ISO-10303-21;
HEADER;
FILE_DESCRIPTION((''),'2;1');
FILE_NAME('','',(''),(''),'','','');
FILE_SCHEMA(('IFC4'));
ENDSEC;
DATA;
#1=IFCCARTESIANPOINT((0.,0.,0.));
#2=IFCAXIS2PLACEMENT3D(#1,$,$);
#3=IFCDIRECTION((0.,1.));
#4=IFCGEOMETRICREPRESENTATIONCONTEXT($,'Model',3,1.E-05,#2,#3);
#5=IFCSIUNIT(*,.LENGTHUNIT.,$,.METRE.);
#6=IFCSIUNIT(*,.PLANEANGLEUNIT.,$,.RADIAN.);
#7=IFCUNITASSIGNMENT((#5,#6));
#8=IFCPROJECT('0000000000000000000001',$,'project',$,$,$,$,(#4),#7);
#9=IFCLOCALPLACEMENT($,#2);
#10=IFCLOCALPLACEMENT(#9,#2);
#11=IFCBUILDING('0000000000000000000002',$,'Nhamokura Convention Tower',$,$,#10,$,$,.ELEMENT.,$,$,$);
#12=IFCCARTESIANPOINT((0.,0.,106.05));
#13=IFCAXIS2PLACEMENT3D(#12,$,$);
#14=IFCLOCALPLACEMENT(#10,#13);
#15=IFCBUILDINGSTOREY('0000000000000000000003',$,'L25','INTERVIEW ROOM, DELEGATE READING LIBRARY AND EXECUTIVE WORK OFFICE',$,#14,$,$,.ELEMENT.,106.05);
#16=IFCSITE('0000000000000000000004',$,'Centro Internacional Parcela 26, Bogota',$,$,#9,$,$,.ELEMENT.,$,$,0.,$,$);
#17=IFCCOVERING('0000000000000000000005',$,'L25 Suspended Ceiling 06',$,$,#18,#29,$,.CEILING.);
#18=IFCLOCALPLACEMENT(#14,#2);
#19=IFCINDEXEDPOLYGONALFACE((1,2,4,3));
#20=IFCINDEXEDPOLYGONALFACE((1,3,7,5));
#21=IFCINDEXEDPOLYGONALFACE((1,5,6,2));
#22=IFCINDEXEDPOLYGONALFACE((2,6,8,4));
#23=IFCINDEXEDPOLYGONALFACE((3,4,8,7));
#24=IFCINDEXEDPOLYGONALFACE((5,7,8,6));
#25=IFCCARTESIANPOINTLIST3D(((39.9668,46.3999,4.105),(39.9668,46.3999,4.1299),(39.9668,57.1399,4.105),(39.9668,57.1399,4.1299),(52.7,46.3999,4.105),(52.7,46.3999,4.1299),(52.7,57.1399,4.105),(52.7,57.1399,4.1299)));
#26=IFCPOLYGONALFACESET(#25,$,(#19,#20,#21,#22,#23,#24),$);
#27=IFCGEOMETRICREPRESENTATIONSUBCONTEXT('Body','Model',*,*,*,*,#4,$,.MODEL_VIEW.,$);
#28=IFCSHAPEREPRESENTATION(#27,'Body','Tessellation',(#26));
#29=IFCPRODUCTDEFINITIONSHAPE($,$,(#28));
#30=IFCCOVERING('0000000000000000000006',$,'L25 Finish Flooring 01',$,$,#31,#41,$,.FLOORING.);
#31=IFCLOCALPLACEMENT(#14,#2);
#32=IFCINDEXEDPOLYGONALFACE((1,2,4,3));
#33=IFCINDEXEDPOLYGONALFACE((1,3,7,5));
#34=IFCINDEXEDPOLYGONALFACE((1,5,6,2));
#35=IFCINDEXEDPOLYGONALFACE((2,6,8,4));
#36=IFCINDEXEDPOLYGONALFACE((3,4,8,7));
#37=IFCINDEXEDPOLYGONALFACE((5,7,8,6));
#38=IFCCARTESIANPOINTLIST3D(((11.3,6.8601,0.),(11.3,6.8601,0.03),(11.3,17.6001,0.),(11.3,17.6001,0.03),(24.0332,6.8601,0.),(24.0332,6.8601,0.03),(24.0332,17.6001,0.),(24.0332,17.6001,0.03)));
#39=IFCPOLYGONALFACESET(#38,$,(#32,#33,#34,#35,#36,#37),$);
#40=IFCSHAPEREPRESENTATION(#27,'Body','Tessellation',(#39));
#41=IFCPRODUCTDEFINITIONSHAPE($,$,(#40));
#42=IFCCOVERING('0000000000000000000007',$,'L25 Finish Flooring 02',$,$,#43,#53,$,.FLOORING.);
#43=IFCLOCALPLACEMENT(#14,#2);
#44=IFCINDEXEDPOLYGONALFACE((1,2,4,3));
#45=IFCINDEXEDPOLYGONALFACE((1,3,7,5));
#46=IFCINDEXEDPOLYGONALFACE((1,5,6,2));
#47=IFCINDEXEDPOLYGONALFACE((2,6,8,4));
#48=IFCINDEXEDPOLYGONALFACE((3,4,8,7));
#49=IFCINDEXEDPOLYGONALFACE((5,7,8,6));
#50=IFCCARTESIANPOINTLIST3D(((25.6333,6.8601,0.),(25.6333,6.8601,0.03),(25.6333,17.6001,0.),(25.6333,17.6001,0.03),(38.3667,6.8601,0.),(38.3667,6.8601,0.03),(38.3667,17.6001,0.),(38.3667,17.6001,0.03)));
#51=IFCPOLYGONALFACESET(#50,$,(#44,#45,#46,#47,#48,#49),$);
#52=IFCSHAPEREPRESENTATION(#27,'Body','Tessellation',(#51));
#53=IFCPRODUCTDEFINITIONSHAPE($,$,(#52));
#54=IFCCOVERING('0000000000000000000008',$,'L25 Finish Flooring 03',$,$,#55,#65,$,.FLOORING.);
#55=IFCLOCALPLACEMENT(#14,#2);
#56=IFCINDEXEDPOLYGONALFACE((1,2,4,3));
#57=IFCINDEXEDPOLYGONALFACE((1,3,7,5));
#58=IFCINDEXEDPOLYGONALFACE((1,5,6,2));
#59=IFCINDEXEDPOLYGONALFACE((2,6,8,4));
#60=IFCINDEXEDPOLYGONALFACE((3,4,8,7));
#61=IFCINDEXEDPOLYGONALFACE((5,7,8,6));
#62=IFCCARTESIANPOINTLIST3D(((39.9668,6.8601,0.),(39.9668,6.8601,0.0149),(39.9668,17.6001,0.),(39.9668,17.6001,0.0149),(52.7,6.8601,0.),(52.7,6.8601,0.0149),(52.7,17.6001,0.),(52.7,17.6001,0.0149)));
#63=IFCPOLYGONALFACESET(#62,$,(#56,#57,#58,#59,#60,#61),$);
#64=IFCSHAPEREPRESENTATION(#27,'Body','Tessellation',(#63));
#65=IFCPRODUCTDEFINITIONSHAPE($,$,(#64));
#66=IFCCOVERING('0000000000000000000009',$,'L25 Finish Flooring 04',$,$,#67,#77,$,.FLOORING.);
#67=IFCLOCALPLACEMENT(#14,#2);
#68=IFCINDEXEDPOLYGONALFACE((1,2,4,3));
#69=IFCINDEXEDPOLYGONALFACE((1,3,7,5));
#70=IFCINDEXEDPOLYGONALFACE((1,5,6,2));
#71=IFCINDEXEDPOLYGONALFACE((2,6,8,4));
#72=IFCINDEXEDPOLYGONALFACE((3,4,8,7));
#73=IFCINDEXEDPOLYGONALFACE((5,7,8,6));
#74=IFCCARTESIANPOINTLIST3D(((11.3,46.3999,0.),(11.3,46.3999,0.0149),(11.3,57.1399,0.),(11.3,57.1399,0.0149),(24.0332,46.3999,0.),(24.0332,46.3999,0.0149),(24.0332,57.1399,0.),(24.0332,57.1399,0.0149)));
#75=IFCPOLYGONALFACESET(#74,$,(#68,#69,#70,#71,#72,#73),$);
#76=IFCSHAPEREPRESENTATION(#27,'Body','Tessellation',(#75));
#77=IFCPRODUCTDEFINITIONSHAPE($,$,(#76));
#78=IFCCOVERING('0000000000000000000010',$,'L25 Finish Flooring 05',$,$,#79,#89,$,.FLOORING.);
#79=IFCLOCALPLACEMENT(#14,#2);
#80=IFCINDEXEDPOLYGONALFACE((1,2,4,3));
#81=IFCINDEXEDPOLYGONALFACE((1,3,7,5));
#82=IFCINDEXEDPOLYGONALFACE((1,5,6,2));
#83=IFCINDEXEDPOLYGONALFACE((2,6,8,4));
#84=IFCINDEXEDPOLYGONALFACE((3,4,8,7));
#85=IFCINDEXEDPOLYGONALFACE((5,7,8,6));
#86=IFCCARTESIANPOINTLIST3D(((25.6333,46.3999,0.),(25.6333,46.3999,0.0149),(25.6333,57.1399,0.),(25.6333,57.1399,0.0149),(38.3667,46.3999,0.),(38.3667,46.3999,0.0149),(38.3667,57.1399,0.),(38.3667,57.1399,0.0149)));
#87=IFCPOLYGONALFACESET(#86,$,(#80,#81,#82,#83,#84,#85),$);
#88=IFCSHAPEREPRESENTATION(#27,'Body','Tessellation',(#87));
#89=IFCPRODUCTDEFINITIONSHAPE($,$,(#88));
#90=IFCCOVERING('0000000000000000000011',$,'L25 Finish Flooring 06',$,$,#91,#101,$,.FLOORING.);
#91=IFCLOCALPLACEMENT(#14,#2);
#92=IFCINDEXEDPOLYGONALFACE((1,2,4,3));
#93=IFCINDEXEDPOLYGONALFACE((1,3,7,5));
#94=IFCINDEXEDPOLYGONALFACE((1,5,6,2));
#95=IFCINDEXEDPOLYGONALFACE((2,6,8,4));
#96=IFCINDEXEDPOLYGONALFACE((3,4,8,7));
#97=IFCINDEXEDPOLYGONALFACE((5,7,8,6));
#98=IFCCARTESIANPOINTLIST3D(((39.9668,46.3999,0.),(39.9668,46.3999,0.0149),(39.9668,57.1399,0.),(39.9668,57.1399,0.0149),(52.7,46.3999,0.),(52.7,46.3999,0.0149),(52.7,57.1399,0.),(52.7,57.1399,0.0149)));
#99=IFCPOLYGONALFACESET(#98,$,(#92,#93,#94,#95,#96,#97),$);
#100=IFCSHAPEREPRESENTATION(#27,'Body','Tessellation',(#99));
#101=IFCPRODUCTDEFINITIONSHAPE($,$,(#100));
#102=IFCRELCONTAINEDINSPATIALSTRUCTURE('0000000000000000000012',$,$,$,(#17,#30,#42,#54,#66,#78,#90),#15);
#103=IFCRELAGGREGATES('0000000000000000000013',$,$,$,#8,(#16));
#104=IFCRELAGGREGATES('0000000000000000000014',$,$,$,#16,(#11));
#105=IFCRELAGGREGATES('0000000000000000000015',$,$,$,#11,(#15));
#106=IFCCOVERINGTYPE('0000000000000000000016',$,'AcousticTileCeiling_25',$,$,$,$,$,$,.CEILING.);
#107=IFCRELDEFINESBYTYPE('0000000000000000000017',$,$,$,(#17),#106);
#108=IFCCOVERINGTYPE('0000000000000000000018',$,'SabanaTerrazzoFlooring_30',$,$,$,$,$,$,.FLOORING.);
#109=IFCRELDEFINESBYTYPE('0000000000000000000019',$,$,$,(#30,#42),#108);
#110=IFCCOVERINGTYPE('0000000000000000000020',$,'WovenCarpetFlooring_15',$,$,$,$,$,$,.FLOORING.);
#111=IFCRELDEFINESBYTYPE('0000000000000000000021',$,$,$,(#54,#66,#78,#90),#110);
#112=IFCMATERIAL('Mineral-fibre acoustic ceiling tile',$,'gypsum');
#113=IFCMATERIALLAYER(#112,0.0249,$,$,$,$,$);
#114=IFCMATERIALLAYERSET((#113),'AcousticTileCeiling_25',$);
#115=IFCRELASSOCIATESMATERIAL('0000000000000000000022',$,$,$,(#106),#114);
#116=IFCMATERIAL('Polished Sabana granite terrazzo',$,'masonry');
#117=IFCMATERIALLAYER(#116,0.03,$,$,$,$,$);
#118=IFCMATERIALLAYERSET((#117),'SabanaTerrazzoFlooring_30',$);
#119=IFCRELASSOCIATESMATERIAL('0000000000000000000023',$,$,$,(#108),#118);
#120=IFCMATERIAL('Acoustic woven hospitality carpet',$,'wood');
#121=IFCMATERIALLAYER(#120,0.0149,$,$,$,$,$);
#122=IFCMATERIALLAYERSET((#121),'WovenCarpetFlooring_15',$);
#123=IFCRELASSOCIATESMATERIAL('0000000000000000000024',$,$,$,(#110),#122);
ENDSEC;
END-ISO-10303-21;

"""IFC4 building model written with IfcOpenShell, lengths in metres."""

from ifc_helpers import new_model, si_unit, direction, frame, origin, place, context, subcontext, project, spatial, polyline, outline, extrude, material, layer, layer_set, type_object, element, save


model = new_model("IFC4")

# Units and contexts
model_context = context("Model", 3, precision=1e-05, world=origin(), true_north=direction((0.0, 1.0)))
body_context = subcontext(model_context, "Body", "Model", "MODEL_VIEW")
ifc_project = project(units=[si_unit("LENGTHUNIT", "METRE"), si_unit("PLANEANGLEUNIT", "RADIAN")], contexts=[model_context])

# Site, building, storey
site_placement = place(None, origin())
site = spatial("IfcSite", under=ifc_project, at=site_placement, Name="Centro Internacional Parcela 26, Bogota", CompositionType="ELEMENT", RefElevation=0.0)
building_placement = place(site_placement, origin())
building = spatial("IfcBuilding", under=site, at=building_placement, Name="Nhamokura Convention Tower", CompositionType="ELEMENT")
storey_placement = place(building_placement, frame((0.0, 0.0, 106.05)))
storey = spatial("IfcBuildingStorey", under=building, at=storey_placement, Name="L25", Description="INTERVIEW ROOM, DELEGATE READING LIBRARY AND EXECUTIVE WORK OFFICE", CompositionType="ELEMENT", Elevation=106.05)

# Coverings
ifc_material_1 = material(Name="Mineral-fibre acoustic ceiling tile", Category="gypsum")
ifc_layer_1 = layer(ifc_material_1, 0.0249)
ifc_layer_set_1 = layer_set([ifc_layer_1], Name="AcousticTileCeiling_25")
covering_type_1 = type_object("IfcCoveringType", Name="AcousticTileCeiling_25", PredefinedType="CEILING", material=ifc_layer_set_1)
covering_1_placement = place(storey_placement, frame((0.0, 0.0, 4.105)))
element("IfcCovering", 1, at=covering_1_placement, inside=storey, type_object=covering_type_1, Name="L25 Suspended Ceiling 06", PredefinedType="CEILING", context=body_context, shape_type="SweptSolid", body=[
    extrude(outline(polyline([(39.9668, 46.3999), (52.7, 46.3999), (52.7, 57.1399), (39.9668, 57.1399), (39.9668, 46.3999)])), origin(), (0.0, 0.0, 1.0), 0.0249),
])
ifc_material_2 = material(Name="Polished Sabana granite terrazzo", Category="masonry")
ifc_layer_2 = layer(ifc_material_2, 0.03)
ifc_layer_set_2 = layer_set([ifc_layer_2], Name="SabanaTerrazzoFlooring_30")
covering_type_2 = type_object("IfcCoveringType", Name="SabanaTerrazzoFlooring_30", PredefinedType="FLOORING", material=ifc_layer_set_2)
covering_2_placement = place(storey_placement, origin())
element("IfcCovering", 2, at=covering_2_placement, inside=storey, type_object=covering_type_2, Name="L25 Finish Flooring 01", PredefinedType="FLOORING", context=body_context, shape_type="SweptSolid", body=[
    extrude(outline(polyline([(11.3, 6.8601), (24.0332, 6.8601), (24.0332, 17.6001), (11.3, 17.6001), (11.3, 6.8601)])), origin(), (0.0, 0.0, 1.0), 0.03),
])
covering_3_placement = place(storey_placement, origin())
element("IfcCovering", 3, at=covering_3_placement, inside=storey, type_object=covering_type_2, Name="L25 Finish Flooring 02", PredefinedType="FLOORING", context=body_context, shape_type="SweptSolid", body=[
    extrude(outline(polyline([(25.6333, 6.8601), (38.3667, 6.8601), (38.3667, 17.6001), (25.6333, 17.6001), (25.6333, 6.8601)])), origin(), (0.0, 0.0, 1.0), 0.03),
])
ifc_material_3 = material(Name="Acoustic woven hospitality carpet", Category="wood")
ifc_layer_3 = layer(ifc_material_3, 0.0149)
ifc_layer_set_3 = layer_set([ifc_layer_3], Name="WovenCarpetFlooring_15")
covering_type_3 = type_object("IfcCoveringType", Name="WovenCarpetFlooring_15", PredefinedType="FLOORING", material=ifc_layer_set_3)
covering_4_placement = place(storey_placement, origin())
element("IfcCovering", 4, at=covering_4_placement, inside=storey, type_object=covering_type_3, Name="L25 Finish Flooring 03", PredefinedType="FLOORING", context=body_context, shape_type="SweptSolid", body=[
    extrude(outline(polyline([(39.9668, 6.8601), (52.7, 6.8601), (52.7, 17.6001), (39.9668, 17.6001), (39.9668, 6.8601)])), origin(), (0.0, 0.0, 1.0), 0.0149),
])
covering_5_placement = place(storey_placement, origin())
element("IfcCovering", 5, at=covering_5_placement, inside=storey, type_object=covering_type_3, Name="L25 Finish Flooring 04", PredefinedType="FLOORING", context=body_context, shape_type="SweptSolid", body=[
    extrude(outline(polyline([(11.3, 46.3999), (24.0332, 46.3999), (24.0332, 57.1399), (11.3, 57.1399), (11.3, 46.3999)])), origin(), (0.0, 0.0, 1.0), 0.0149),
])
covering_6_placement = place(storey_placement, origin())
element("IfcCovering", 6, at=covering_6_placement, inside=storey, type_object=covering_type_3, Name="L25 Finish Flooring 05", PredefinedType="FLOORING", context=body_context, shape_type="SweptSolid", body=[
    extrude(outline(polyline([(25.6333, 46.3999), (38.3667, 46.3999), (38.3667, 57.1399), (25.6333, 57.1399), (25.6333, 46.3999)])), origin(), (0.0, 0.0, 1.0), 0.0149),
])
covering_7_placement = place(storey_placement, origin())
element("IfcCovering", 7, at=covering_7_placement, inside=storey, type_object=covering_type_3, Name="L25 Finish Flooring 06", PredefinedType="FLOORING", context=body_context, shape_type="SweptSolid", body=[
    extrude(outline(polyline([(39.9668, 46.3999), (52.7, 46.3999), (52.7, 57.1399), (39.9668, 57.1399), (39.9668, 46.3999)])), origin(), (0.0, 0.0, 1.0), 0.0149),
])

save(model, "model.ifc")
